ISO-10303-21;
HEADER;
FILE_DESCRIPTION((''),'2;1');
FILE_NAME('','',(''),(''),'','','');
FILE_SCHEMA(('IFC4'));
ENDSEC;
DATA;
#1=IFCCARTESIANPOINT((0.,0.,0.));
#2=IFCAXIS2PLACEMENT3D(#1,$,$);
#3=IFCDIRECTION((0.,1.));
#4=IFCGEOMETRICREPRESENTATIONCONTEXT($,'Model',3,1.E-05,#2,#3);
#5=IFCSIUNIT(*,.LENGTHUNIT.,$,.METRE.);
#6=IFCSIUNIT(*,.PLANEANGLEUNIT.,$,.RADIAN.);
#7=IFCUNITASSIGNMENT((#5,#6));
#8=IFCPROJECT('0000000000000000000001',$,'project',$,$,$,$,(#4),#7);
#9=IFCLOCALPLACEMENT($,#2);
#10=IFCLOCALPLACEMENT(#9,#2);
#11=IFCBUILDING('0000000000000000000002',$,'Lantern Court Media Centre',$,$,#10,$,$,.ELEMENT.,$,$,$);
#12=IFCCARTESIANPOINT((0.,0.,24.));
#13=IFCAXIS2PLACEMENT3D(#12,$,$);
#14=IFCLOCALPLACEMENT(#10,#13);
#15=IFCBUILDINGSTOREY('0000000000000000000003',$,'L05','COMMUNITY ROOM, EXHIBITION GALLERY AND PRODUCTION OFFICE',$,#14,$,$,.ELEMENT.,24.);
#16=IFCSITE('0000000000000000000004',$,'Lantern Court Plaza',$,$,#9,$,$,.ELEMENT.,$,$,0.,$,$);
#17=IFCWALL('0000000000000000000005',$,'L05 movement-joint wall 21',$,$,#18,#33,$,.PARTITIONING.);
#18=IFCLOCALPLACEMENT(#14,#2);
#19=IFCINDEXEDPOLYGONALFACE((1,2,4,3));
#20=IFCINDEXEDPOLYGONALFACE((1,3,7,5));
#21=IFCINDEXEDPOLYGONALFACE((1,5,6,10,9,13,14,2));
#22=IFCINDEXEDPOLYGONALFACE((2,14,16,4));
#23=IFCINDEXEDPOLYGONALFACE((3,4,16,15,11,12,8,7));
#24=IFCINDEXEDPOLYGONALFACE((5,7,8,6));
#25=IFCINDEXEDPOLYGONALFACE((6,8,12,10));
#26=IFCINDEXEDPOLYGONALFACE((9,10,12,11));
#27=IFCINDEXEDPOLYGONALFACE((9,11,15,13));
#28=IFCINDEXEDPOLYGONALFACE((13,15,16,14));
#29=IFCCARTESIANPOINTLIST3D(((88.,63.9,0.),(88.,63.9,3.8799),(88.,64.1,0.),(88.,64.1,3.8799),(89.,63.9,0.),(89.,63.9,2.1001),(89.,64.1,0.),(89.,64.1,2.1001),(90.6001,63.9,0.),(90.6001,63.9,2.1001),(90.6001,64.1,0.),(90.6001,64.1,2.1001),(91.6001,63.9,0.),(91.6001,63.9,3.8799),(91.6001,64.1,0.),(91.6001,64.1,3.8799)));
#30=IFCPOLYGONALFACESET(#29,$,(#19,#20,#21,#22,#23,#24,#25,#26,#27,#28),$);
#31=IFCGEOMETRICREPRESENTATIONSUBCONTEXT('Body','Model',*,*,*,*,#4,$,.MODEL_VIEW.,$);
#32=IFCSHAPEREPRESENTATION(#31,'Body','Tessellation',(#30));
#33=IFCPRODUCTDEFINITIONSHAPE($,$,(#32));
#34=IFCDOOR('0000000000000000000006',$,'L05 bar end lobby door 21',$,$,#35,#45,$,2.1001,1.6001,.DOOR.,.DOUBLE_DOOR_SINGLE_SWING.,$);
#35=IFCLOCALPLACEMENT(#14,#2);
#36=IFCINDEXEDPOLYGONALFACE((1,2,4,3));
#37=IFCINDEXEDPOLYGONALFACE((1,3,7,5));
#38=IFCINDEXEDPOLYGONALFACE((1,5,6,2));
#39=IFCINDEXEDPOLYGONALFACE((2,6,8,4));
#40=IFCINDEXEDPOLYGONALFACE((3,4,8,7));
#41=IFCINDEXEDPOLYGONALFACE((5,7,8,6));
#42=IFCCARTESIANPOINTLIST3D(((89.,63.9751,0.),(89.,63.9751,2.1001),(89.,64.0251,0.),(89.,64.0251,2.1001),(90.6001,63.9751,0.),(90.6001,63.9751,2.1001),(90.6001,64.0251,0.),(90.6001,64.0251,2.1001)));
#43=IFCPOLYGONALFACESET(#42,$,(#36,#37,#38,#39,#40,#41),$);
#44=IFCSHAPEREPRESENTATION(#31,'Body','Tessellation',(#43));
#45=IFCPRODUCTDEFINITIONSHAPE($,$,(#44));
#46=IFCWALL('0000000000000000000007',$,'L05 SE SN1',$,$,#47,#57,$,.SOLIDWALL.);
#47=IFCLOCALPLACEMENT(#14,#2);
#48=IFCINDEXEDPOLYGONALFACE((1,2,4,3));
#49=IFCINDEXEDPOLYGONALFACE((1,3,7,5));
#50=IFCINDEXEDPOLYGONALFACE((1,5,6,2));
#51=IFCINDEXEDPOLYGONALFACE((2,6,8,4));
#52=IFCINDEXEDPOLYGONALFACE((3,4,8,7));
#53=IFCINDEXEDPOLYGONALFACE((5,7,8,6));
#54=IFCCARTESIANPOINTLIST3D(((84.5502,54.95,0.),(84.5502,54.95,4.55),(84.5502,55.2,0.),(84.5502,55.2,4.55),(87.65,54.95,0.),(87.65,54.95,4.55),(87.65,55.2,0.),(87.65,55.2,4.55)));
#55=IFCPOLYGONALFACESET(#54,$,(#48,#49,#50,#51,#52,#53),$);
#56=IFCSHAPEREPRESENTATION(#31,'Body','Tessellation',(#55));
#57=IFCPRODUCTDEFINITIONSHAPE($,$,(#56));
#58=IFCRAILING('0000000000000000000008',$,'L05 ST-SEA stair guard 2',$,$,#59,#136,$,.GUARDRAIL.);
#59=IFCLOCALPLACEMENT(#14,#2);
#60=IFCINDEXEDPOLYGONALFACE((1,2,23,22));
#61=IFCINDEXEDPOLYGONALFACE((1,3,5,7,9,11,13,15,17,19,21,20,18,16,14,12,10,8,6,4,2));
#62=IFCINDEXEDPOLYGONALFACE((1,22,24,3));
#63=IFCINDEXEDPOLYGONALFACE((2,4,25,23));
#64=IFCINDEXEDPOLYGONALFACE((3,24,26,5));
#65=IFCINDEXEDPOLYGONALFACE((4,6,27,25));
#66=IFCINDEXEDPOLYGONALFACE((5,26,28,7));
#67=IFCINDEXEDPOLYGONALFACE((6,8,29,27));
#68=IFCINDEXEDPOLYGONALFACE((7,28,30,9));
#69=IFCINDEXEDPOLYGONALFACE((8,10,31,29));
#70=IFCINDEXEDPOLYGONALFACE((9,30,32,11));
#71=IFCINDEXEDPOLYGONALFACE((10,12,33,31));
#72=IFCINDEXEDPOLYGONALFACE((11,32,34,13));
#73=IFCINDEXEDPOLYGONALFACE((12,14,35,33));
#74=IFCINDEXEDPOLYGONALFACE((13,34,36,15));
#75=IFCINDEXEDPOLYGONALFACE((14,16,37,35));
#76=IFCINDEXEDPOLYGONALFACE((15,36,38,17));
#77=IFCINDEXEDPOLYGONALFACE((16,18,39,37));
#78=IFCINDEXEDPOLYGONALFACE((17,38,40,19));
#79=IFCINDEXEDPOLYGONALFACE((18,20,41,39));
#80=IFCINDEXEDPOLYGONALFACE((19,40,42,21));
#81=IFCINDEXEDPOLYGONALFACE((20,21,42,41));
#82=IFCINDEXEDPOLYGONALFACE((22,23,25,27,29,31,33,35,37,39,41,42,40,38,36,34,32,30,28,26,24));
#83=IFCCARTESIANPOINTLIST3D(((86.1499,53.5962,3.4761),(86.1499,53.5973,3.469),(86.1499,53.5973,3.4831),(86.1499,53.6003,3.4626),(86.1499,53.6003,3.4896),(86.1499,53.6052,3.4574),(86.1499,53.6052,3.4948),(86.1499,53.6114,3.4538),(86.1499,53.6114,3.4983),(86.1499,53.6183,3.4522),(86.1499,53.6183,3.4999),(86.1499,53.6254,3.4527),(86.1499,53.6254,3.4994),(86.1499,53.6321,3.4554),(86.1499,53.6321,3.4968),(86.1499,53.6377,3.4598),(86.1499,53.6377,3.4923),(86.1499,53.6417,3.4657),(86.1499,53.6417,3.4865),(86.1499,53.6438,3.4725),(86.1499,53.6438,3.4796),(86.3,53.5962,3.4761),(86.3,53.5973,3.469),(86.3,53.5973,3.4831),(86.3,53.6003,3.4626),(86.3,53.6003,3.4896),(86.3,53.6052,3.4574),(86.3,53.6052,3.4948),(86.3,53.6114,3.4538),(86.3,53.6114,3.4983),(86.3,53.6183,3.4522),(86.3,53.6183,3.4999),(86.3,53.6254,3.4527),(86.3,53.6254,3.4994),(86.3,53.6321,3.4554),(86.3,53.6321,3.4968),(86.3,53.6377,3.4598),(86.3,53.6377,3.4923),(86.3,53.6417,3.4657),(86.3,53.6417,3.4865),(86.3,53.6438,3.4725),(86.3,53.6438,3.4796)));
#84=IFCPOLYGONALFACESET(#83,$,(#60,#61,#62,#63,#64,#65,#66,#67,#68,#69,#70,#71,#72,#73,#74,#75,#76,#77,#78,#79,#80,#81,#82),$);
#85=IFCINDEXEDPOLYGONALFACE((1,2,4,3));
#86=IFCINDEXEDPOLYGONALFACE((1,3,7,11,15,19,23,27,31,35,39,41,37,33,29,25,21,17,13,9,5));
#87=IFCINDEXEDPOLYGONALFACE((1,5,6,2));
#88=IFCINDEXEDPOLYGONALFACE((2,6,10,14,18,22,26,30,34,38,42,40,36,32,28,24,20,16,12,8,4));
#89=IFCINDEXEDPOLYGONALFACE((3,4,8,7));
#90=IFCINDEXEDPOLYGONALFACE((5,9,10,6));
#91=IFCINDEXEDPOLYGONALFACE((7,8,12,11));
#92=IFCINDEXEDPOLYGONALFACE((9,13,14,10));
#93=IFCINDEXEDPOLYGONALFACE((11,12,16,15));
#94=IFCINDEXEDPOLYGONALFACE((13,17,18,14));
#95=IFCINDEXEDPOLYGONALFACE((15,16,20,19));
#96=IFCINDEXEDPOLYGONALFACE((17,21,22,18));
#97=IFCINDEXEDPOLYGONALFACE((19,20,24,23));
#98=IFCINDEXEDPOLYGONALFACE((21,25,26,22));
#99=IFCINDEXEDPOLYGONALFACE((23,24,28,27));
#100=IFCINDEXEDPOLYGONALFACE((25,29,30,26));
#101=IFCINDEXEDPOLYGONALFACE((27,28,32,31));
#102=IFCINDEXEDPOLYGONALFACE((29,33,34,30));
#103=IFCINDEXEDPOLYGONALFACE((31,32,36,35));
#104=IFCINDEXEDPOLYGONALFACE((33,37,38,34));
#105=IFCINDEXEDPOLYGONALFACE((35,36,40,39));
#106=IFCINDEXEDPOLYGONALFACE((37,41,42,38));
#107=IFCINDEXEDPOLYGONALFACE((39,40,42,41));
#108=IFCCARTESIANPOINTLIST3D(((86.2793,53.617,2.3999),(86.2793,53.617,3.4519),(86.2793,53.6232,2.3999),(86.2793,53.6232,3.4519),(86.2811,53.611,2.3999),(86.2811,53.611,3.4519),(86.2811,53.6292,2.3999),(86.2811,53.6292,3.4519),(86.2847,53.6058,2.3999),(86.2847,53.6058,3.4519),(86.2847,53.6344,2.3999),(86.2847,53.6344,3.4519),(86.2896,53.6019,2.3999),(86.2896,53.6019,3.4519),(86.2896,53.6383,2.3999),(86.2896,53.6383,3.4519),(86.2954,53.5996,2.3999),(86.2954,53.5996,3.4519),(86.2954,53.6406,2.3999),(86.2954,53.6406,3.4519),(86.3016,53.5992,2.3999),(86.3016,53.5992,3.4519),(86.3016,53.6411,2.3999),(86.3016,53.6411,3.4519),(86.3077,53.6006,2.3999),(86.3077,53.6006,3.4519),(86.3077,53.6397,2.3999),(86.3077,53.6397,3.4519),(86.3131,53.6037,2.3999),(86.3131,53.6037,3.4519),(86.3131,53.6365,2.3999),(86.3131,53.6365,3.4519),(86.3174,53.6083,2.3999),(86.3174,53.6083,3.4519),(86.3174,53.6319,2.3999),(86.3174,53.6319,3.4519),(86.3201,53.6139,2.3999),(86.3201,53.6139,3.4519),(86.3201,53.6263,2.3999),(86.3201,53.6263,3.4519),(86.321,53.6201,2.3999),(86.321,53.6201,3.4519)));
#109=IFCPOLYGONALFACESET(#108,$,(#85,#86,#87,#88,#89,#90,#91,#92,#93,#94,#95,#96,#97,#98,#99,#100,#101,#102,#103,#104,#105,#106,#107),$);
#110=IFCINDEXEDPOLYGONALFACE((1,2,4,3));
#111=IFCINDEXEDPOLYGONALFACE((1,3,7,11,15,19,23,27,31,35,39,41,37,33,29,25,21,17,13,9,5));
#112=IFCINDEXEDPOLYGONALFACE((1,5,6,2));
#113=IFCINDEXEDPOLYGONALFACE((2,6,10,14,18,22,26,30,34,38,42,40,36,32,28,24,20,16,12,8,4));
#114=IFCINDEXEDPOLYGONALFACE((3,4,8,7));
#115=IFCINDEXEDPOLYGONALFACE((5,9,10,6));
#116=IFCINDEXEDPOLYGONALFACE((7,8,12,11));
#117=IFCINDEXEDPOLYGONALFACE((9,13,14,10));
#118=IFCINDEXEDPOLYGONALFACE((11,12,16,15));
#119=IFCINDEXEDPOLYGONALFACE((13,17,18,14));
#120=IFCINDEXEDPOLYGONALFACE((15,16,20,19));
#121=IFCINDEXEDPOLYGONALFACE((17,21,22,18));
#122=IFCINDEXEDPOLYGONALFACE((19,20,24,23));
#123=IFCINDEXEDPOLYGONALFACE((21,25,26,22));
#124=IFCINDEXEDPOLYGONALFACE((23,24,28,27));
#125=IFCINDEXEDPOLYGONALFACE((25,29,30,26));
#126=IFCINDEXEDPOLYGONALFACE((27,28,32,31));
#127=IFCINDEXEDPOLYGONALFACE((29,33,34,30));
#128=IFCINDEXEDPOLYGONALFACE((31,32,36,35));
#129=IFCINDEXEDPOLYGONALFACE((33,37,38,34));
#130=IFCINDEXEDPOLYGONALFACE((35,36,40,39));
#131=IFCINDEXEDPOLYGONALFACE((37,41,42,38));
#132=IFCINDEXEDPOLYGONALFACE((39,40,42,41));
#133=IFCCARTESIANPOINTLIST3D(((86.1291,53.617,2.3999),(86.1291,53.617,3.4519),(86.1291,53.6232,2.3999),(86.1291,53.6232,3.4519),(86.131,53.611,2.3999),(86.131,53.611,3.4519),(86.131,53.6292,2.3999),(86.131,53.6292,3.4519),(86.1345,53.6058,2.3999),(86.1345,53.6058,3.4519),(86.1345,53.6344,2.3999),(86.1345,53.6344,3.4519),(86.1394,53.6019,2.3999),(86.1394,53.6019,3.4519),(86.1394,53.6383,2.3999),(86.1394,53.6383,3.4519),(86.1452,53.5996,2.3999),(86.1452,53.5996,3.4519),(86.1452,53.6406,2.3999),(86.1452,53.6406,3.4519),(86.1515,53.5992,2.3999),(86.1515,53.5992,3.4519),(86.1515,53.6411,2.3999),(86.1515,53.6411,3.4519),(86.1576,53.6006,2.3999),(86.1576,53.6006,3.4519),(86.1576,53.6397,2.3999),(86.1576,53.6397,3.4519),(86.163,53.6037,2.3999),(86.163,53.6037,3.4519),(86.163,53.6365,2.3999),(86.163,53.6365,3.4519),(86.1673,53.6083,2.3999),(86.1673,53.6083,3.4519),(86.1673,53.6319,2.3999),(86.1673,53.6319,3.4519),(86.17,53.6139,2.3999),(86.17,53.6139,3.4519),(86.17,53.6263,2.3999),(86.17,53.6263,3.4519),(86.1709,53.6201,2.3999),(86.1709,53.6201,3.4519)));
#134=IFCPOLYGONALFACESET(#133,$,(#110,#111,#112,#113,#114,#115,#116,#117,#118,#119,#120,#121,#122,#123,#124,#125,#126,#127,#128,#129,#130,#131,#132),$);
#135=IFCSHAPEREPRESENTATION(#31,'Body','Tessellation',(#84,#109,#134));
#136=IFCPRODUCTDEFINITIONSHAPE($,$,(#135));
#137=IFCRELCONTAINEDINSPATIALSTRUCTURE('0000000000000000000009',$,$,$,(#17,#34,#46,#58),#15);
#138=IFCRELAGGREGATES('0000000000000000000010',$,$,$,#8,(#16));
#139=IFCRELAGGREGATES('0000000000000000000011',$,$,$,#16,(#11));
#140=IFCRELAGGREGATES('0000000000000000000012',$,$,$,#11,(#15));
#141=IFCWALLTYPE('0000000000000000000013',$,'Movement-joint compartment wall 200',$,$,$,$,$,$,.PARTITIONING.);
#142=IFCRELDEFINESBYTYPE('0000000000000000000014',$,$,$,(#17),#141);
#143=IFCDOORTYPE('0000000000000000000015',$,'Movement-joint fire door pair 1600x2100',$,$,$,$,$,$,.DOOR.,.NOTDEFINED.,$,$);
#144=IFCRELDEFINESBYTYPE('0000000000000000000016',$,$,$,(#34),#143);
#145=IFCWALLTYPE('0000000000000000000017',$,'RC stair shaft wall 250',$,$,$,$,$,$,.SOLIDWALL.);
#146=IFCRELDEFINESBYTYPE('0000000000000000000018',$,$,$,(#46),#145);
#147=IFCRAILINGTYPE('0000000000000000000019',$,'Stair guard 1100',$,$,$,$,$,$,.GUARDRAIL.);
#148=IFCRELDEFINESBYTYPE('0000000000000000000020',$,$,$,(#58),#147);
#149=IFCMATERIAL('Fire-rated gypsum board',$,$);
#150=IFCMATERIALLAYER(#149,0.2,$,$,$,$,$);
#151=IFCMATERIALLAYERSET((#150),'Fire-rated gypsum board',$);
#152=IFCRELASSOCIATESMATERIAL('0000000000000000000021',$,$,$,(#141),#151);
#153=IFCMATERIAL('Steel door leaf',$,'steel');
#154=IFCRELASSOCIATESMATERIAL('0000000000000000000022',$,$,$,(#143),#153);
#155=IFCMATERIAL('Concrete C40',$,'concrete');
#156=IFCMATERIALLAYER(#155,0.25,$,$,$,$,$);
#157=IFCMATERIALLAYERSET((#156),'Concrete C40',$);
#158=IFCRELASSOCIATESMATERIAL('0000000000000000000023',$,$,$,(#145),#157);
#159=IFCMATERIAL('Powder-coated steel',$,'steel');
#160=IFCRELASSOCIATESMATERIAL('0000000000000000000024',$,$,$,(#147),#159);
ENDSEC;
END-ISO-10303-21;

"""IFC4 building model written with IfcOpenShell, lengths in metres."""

from ifc_helpers import new_model, si_unit, direction, frame, frame_2d, origin, origin_2d, place, context, subcontext, project, spatial, rectangle, circle, extrude, material, layer, layer_set, type_object, element, fill, save


model = new_model("IFC4")

# Units and contexts
model_context = context("Model", 3, precision=1e-05, world=origin(), true_north=direction((0.0, 1.0)))
body_context = subcontext(model_context, "Body", "Model", "MODEL_VIEW")
ifc_project = project(units=[si_unit("LENGTHUNIT", "METRE"), si_unit("PLANEANGLEUNIT", "RADIAN")], contexts=[model_context])

# Site, building, storey
site_placement = place(None, origin())
site = spatial("IfcSite", under=ifc_project, at=site_placement, Name="Lantern Court Plaza", CompositionType="ELEMENT", RefElevation=0.0)
building_placement = place(site_placement, origin())
building = spatial("IfcBuilding", under=site, at=building_placement, Name="Lantern Court Media Centre", CompositionType="ELEMENT")
storey_placement = place(building_placement, frame((0.0, 0.0, 24.0)))
storey = spatial("IfcBuildingStorey", under=building, at=storey_placement, Name="L05", Description="COMMUNITY ROOM, EXHIBITION GALLERY AND PRODUCTION OFFICE", CompositionType="ELEMENT", Elevation=24.0)

# Shared definitions
ifc_material_1 = material(Name="Concrete C40", Category="concrete")
ifc_material_2 = material(Name="Steel door leaf", Category="steel")

# Wall, opening, door
ifc_material_3 = material(Name="Fire-rated gypsum board")
ifc_layer_1 = layer(ifc_material_3, 0.2)
ifc_layer_set_1 = layer_set([ifc_layer_1], Name="Fire-rated gypsum board")
wall_type_1 = type_object("IfcWallType", Name="Movement-joint compartment wall 200", PredefinedType="PARTITIONING", material=ifc_layer_set_1)
wall_1_placement = place(storey_placement, frame((88.0, 64.0, 0.0), z_axis=(0.0, 0.0, 1.0), x_axis=(1.0, 0.0, 0.0)))
wall_1 = element("IfcWall", 1, at=wall_1_placement, inside=storey, type_object=wall_type_1, Name="L05 movement-joint wall 21", PredefinedType="PARTITIONING", context=body_context, shape_type="SweptSolid", body=[
    extrude(rectangle(XDim=3.6001, YDim=0.2, at=frame_2d((1.8, 0.0))), origin(), (0.0, 0.0, 1.0), 3.8799),
])
opening_1_placement = place(wall_1_placement, frame((1.0, 0.0, 0.0)))
opening_1 = element("IfcOpeningElement", 2, at=opening_1_placement, cuts=wall_1, PredefinedType="OPENING", context=body_context, shape_type="SweptSolid", body=[
    extrude(rectangle(XDim=1.6001, YDim=2.1001, at=frame_2d((0.8, 1.05))), frame((0.0, 0.1099, 0.0), z_axis=(0.0, -1.0, 0.0), x_axis=(1.0, 0.0, 0.0)), (0.0, 0.0, 1.0), 0.22),
])
door_type_1 = type_object("IfcDoorType", Name="Movement-joint fire door pair 1600x2100", OperationType="NOTDEFINED", PredefinedType="DOOR", material=ifc_material_2)
door_1_placement = place(opening_1_placement, frame((1.6001, 0.0, 0.0), z_axis=(0.0, 0.0, 1.0), x_axis=(-1.0, 0.0, 0.0)))
door_1 = element("IfcDoor", 3, at=door_1_placement, inside=storey, type_object=door_type_1, Name="L05 bar end lobby door 21", OperationType="DOUBLE_DOOR_SINGLE_SWING", OverallHeight=2.1001, OverallWidth=1.6001, PredefinedType="DOOR", context=body_context, shape_type="SweptSolid", body=[
    extrude(rectangle(XDim=1.6001, YDim=2.1001, at=frame_2d((0.8, 1.05))), frame((0.0, 0.0249, 0.0), z_axis=(0.0, -1.0, 0.0), x_axis=(1.0, 0.0, 0.0)), (0.0, 0.0, 1.0), 0.05),
])
fill(opening_1, door_1)

# Wall
ifc_layer_2 = layer(ifc_material_1, 0.25)
ifc_layer_set_2 = layer_set([ifc_layer_2], Name="Concrete C40")
wall_type_2 = type_object("IfcWallType", Name="RC stair shaft wall 250", PredefinedType="SOLIDWALL", material=ifc_layer_set_2)
wall_2_placement = place(storey_placement, frame((87.6499, 55.075, 0.0), z_axis=(0.0, 0.0, 1.0), x_axis=(-1.0, 0.0, 0.0)))
element("IfcWall", 4, at=wall_2_placement, inside=storey, type_object=wall_type_2, Name="L05 SE SN1", PredefinedType="SOLIDWALL", context=body_context, shape_type="SweptSolid", body=[
    extrude(rectangle(XDim=3.0999, YDim=0.25, at=frame_2d((1.5498, 0.0))), origin(), (0.0, 0.0, 1.0), 4.55),
])

# Railing
ifc_material_4 = material(Name="Powder-coated steel", Category="steel")
railing_type = type_object("IfcRailingType", Name="Stair guard 1100", PredefinedType="GUARDRAIL", material=ifc_material_4)
railing_1_placement = place(storey_placement, frame((86.3, 53.6201, 2.3999)))
element("IfcRailing", 5, at=railing_1_placement, inside=storey, type_object=railing_type, Name="L05 ST-SEA stair guard 2", PredefinedType="GUARDRAIL", context=body_context, shape_type="SweptSolid", body=[
    extrude(circle(Radius=0.0239, at=origin_2d()), frame((0.0, 0.0, 1.0762), z_axis=(-1.0, 0.0, 0.0), x_axis=(0.0, -1.0, 0.0)), (0.0, 0.0, 1.0), 0.1501),
    extrude(circle(Radius=0.021, at=origin_2d()), origin(), (0.0, 0.0, 1.0), 1.052),
    extrude(circle(Radius=0.021, at=origin_2d()), frame((-0.1501, 0.0, 0.0)), (0.0, 0.0, 1.0), 1.052),
])

save(model, "model.ifc")
